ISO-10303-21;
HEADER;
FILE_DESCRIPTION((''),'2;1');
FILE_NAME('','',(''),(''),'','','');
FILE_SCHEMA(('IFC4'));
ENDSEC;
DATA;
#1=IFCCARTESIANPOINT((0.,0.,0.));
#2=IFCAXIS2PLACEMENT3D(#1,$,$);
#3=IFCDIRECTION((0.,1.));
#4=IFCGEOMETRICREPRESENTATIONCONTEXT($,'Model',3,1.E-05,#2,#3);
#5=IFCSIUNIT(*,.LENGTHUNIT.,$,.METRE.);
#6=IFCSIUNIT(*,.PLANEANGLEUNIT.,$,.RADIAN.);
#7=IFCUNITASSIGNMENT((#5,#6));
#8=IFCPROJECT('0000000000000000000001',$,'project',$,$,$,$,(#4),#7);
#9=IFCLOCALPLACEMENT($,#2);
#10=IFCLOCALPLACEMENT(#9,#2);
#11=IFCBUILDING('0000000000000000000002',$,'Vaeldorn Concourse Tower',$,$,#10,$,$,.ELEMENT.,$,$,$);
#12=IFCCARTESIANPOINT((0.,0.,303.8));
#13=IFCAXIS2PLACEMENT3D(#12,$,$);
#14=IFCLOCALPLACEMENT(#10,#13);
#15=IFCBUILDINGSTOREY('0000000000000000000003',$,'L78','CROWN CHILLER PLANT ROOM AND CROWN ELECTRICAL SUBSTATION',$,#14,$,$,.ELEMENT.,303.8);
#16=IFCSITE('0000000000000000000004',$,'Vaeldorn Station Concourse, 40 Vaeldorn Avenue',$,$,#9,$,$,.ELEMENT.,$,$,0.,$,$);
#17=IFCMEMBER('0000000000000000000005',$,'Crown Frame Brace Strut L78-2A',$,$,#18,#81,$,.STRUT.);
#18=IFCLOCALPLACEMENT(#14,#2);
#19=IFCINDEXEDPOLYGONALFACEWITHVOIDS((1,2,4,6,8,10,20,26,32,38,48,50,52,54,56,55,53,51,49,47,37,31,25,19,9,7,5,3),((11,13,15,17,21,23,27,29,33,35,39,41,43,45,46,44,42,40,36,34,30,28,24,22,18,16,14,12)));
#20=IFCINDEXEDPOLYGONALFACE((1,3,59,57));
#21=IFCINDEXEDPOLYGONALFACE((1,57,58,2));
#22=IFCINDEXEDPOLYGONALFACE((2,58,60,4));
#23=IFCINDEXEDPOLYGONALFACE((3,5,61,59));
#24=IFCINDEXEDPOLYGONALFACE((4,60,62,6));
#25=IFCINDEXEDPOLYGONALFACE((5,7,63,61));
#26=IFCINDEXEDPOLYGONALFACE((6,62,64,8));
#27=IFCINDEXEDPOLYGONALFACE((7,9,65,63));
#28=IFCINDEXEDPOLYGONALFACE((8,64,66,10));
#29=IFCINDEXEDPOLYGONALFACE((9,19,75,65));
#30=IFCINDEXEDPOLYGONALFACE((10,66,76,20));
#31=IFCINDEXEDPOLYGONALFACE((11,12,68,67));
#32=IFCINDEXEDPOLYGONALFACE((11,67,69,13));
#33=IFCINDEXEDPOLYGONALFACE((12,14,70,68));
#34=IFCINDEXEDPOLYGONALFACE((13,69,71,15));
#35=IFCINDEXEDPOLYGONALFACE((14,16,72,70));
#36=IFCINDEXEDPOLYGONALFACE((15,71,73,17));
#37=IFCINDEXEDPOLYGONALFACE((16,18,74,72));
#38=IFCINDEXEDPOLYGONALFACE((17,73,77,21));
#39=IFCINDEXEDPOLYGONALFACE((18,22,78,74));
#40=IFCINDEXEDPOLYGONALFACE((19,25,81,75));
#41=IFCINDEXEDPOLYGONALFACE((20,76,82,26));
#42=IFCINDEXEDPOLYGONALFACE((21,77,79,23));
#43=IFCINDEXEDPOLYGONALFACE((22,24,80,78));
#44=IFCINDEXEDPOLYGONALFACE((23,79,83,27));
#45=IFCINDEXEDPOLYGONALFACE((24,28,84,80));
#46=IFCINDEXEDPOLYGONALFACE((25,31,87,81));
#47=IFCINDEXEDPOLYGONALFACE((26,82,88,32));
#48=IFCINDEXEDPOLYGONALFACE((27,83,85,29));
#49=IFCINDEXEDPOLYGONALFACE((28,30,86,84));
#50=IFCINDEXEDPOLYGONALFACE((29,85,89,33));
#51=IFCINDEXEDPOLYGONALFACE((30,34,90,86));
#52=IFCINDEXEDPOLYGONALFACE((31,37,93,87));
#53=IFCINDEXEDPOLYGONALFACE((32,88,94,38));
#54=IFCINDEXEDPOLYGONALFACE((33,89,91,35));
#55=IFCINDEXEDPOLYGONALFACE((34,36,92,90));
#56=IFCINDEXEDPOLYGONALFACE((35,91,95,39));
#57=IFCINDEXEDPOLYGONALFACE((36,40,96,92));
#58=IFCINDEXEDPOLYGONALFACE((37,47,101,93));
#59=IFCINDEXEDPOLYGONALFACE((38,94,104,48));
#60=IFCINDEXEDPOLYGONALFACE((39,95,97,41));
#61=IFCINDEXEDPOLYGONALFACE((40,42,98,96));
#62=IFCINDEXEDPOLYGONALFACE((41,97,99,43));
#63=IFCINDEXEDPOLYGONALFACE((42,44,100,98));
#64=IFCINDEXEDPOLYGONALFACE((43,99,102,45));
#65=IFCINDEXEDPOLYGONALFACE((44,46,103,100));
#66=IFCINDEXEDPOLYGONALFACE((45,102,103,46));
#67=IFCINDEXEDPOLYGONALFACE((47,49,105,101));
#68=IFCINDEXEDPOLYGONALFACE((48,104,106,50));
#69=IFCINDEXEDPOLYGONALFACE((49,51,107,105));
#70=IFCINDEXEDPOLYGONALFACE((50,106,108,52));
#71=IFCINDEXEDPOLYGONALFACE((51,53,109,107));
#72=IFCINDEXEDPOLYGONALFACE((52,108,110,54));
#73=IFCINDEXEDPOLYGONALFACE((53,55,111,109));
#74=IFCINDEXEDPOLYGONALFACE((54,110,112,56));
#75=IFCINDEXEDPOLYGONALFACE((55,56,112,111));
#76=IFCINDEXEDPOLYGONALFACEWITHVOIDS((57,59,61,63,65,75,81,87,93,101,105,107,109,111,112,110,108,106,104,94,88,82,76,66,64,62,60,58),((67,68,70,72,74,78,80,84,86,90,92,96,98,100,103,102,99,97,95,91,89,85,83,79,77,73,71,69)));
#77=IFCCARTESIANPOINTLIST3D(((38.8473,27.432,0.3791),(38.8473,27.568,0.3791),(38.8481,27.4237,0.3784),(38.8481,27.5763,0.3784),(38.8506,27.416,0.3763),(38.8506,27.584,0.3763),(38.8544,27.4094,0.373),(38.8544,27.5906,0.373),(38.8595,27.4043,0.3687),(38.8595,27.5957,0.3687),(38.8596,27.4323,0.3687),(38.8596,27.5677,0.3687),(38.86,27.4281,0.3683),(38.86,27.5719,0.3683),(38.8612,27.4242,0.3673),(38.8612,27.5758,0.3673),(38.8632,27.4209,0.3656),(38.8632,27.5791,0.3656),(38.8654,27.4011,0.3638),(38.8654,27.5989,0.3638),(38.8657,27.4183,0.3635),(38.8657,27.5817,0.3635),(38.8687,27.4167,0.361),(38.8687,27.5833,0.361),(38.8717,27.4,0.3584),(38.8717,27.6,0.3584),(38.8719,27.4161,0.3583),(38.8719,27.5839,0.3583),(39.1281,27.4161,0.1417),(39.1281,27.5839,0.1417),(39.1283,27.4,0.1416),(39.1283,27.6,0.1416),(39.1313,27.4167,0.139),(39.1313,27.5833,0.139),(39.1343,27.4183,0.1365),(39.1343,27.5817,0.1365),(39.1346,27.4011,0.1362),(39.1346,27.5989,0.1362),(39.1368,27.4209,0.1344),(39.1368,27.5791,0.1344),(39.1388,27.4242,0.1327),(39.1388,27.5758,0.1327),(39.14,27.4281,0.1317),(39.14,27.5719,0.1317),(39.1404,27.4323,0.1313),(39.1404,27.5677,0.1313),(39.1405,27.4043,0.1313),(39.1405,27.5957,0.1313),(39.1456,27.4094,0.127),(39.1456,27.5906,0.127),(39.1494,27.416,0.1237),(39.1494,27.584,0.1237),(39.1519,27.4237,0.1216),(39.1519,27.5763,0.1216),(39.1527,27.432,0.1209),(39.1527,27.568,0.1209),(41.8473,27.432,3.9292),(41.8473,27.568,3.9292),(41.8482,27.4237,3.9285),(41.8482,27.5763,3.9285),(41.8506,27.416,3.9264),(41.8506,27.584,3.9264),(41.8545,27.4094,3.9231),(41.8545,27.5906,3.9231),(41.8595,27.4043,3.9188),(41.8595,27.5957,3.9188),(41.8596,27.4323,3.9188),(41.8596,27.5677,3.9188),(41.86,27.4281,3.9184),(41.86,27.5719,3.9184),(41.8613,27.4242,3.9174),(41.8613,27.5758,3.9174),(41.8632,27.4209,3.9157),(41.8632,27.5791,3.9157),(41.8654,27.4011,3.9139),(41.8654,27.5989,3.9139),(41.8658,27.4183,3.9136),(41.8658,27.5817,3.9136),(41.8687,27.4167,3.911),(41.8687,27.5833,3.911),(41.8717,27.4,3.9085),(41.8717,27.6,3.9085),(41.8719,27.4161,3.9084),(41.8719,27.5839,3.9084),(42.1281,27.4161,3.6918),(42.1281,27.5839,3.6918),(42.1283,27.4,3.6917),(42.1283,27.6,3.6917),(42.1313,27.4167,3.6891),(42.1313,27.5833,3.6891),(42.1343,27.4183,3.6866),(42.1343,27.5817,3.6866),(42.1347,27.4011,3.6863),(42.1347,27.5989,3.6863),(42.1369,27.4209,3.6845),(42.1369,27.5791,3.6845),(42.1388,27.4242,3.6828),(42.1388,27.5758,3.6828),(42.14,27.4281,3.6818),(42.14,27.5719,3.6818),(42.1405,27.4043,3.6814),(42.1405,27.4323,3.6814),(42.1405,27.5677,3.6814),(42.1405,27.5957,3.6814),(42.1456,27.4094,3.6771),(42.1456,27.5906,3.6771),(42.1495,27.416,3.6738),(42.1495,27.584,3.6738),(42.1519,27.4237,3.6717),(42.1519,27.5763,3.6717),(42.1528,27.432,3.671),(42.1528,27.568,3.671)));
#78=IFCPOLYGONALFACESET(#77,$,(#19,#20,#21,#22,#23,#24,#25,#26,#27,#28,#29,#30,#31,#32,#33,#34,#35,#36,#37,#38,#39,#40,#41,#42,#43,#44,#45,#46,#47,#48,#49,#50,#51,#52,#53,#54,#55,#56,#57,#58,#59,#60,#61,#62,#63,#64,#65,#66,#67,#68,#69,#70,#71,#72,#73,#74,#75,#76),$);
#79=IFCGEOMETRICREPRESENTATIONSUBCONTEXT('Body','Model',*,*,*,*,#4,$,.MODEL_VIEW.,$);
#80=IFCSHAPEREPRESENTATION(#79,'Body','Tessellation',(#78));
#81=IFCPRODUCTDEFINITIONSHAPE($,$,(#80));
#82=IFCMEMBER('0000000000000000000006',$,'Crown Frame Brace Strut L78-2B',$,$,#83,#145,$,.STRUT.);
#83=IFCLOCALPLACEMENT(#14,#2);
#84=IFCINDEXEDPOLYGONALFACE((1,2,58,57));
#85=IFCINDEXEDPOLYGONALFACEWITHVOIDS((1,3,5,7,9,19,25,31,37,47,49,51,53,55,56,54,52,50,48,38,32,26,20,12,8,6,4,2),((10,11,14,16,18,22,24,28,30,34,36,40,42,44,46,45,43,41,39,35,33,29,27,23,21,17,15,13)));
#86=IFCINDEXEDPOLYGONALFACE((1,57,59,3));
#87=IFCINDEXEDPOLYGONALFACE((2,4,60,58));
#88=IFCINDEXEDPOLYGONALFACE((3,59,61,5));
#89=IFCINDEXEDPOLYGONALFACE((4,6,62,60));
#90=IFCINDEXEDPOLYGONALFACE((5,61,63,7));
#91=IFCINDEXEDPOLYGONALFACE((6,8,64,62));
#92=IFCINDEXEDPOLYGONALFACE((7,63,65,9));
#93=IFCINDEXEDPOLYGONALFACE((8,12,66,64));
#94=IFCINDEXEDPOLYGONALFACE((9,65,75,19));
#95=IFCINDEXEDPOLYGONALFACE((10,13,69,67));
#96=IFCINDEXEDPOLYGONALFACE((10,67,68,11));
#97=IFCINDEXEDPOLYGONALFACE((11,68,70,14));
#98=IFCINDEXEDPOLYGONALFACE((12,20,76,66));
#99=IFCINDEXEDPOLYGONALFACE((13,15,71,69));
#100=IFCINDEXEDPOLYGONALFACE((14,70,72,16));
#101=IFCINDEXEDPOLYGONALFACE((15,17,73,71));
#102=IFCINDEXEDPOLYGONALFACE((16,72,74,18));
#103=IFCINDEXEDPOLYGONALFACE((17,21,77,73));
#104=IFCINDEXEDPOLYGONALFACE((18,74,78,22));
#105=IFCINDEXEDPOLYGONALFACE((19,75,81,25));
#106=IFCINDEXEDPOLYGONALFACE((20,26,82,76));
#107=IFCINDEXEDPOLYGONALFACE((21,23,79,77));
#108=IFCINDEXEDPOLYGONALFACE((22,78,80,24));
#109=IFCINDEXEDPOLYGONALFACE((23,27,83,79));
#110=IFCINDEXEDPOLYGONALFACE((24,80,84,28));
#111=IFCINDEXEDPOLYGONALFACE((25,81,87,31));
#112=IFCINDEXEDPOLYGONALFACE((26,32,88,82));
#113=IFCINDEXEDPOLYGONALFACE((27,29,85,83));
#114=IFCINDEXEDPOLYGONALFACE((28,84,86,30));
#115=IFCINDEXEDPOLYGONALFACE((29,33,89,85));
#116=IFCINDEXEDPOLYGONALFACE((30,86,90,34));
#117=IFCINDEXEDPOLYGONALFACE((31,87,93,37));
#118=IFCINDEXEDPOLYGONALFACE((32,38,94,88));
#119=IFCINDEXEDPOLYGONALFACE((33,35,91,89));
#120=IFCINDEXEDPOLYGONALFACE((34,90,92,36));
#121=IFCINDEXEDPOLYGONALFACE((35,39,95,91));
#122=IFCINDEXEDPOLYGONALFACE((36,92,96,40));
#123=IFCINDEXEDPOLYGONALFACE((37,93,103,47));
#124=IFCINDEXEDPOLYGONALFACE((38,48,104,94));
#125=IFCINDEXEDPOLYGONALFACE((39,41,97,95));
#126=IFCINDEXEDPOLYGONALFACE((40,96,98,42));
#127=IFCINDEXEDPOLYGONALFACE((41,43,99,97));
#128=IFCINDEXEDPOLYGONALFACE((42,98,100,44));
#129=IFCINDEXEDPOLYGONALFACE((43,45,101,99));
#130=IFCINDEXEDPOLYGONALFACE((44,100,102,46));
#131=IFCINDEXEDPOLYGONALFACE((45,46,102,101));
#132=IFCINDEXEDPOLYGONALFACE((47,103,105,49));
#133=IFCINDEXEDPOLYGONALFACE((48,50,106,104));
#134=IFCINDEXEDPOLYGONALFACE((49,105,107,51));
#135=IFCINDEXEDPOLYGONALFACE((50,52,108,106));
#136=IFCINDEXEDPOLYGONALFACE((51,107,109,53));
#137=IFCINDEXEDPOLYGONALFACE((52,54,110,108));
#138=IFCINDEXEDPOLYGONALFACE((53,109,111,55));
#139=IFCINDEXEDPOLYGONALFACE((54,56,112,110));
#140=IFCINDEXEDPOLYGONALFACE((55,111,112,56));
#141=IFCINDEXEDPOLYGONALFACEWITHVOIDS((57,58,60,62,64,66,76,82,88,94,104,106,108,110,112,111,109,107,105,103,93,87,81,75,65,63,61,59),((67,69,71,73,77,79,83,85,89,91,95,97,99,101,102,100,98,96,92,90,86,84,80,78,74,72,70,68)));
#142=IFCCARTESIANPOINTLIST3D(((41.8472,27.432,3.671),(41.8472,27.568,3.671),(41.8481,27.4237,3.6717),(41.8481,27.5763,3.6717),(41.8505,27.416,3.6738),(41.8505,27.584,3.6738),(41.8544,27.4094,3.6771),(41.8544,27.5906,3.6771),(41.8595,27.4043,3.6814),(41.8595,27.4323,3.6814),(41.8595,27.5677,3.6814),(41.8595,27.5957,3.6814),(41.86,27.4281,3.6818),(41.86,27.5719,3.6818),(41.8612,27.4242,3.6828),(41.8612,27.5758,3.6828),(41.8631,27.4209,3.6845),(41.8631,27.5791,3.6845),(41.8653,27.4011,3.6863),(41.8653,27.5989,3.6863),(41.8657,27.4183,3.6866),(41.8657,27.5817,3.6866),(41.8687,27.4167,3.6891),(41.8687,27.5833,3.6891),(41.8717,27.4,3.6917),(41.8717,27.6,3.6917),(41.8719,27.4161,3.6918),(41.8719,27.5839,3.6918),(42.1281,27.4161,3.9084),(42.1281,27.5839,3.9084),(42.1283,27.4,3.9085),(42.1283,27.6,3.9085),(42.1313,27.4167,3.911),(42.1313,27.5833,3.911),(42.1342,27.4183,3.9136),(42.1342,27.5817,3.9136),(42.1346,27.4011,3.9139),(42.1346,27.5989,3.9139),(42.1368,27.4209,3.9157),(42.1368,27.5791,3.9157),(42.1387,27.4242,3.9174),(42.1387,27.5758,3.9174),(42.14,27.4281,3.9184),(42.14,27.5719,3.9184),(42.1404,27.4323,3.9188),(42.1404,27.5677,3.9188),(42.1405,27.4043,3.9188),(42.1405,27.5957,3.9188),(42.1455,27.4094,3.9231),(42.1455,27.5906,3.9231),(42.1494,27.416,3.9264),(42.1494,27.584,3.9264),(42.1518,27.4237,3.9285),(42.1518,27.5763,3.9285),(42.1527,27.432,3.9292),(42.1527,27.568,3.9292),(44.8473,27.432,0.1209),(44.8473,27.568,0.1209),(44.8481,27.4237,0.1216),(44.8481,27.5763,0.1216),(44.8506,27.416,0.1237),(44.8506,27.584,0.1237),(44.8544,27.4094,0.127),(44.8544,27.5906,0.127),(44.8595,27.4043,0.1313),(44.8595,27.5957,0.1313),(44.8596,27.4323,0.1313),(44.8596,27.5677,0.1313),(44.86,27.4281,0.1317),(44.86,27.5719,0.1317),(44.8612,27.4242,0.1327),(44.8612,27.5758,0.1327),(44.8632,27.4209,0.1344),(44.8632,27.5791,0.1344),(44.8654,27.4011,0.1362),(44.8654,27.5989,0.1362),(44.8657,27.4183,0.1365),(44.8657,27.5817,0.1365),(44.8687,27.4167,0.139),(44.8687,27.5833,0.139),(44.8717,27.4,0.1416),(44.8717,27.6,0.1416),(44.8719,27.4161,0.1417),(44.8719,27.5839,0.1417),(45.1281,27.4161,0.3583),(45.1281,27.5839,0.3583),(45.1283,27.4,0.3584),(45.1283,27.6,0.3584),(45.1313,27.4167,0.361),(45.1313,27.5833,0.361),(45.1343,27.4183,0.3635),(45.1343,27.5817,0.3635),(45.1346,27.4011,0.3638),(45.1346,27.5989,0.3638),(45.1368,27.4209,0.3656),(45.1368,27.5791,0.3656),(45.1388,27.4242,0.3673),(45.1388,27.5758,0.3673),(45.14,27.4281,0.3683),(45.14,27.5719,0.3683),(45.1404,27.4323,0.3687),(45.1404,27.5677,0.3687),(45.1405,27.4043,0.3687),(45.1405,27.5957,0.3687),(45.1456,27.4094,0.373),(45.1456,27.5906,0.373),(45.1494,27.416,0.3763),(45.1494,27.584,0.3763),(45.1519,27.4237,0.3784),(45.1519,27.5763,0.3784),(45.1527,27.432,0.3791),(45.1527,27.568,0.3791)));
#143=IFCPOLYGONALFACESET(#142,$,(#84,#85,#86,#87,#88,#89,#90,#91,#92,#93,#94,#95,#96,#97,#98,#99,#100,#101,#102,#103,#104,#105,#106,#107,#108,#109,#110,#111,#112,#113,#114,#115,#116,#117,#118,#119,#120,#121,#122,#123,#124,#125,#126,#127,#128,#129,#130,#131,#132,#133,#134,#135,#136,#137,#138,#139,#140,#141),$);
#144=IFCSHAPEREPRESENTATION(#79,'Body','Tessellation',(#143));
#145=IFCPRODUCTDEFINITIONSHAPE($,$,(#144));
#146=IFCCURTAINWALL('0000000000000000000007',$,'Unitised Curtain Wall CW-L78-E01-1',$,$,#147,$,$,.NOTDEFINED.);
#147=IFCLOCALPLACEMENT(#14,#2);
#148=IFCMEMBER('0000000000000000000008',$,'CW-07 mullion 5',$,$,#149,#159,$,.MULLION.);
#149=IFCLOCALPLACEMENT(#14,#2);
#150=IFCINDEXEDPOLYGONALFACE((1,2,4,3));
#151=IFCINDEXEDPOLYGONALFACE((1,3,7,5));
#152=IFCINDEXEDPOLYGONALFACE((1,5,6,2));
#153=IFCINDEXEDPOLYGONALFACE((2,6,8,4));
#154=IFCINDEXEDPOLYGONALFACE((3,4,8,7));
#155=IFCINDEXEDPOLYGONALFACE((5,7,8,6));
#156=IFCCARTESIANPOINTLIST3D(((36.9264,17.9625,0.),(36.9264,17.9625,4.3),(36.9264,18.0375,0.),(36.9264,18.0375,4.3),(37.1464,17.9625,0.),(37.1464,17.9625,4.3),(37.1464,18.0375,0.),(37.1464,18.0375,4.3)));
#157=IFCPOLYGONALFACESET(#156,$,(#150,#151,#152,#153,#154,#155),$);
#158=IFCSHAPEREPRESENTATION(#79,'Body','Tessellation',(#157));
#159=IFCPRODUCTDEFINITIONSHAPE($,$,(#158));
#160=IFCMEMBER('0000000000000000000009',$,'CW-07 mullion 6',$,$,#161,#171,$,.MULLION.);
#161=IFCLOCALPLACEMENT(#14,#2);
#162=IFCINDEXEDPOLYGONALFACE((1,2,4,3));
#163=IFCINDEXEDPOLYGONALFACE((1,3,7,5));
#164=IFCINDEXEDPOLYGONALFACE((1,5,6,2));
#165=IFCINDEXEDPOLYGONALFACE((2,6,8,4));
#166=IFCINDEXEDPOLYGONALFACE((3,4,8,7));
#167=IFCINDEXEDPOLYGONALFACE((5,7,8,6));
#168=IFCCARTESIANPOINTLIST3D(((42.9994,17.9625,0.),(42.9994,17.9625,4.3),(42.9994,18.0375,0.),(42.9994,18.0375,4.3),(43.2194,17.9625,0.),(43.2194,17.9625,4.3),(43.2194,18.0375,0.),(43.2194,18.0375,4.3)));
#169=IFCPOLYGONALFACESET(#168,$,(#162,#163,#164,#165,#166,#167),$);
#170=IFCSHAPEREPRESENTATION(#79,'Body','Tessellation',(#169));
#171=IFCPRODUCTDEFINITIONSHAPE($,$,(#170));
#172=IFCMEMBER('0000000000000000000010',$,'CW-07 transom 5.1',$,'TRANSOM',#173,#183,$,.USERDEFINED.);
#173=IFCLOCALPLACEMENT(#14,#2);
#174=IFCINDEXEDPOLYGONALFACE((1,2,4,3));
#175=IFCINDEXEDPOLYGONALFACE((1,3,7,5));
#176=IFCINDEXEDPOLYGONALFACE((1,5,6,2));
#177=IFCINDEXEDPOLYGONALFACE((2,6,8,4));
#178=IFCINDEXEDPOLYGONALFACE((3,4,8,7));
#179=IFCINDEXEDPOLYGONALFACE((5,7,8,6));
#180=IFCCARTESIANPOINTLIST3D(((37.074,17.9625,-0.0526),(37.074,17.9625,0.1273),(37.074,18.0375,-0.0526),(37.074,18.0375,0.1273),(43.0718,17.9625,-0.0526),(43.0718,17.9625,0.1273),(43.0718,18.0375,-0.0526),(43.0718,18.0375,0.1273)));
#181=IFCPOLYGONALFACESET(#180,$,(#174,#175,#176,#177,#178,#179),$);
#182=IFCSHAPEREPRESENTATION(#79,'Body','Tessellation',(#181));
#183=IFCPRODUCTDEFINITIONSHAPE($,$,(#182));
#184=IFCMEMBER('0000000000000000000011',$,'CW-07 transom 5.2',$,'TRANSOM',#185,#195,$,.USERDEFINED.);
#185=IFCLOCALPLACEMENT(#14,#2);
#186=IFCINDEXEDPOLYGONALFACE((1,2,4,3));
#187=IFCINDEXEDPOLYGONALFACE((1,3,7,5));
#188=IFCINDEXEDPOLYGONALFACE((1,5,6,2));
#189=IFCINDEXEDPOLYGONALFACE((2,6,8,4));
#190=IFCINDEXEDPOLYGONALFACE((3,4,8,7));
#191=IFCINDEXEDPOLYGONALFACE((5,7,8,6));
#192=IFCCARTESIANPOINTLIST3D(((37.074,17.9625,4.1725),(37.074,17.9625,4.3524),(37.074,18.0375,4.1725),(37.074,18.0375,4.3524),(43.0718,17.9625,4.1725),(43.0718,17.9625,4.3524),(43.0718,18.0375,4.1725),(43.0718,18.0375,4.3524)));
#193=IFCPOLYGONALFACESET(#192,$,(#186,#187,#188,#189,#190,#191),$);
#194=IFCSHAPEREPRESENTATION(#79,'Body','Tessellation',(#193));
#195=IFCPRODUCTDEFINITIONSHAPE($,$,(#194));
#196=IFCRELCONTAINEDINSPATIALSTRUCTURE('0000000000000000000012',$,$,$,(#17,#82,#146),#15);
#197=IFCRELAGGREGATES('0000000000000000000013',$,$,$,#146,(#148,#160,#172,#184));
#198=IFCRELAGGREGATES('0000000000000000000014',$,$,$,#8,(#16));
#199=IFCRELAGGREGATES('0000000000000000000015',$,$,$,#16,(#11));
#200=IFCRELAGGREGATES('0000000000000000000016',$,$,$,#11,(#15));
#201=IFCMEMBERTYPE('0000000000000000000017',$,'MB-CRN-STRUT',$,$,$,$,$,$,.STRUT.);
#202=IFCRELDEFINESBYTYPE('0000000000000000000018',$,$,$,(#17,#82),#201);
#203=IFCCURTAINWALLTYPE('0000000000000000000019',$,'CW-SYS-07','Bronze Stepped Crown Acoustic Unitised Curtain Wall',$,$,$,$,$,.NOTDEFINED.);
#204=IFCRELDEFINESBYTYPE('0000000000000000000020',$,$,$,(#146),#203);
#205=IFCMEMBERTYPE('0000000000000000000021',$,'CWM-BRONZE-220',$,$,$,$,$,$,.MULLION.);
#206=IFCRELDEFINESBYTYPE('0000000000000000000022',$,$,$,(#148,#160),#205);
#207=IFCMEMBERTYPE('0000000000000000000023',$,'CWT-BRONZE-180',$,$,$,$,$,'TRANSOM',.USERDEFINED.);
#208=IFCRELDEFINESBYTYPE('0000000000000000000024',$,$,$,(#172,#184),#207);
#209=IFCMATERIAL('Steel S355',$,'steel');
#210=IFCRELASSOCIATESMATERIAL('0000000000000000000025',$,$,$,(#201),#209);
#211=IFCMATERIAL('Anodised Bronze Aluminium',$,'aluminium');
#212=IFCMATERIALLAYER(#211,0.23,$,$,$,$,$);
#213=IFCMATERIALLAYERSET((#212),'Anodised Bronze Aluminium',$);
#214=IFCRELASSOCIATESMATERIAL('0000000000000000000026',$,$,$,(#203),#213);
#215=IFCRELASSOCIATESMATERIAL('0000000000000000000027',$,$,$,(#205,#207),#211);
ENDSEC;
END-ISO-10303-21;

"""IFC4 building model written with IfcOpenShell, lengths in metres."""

from ifc_helpers import new_model, si_unit, direction, frame, origin, origin_2d, place, context, subcontext, project, spatial, rectangle, hollow_rectangle, extrude, source, transform, mapped, material, layer, layer_set, material_profile, profile_set, type_object, element, aggregate, save


model = new_model("IFC4")

# Units and contexts
model_context = context("Model", 3, precision=1e-05, world=origin(), true_north=direction((0.0, 1.0)))
body_context = subcontext(model_context, "Body", "Model", "MODEL_VIEW")
ifc_project = project(units=[si_unit("LENGTHUNIT", "METRE"), si_unit("PLANEANGLEUNIT", "RADIAN")], contexts=[model_context])

# Site, building, storey
site_placement = place(None, origin())
site = spatial("IfcSite", under=ifc_project, at=site_placement, Name="Vaeldorn Station Concourse, 40 Vaeldorn Avenue", CompositionType="ELEMENT", RefElevation=0.0)
building_placement = place(site_placement, origin())
building = spatial("IfcBuilding", under=site, at=building_placement, Name="Vaeldorn Concourse Tower", CompositionType="ELEMENT")
storey_placement = place(building_placement, frame((0.0, 0.0, 303.8)))
storey = spatial("IfcBuildingStorey", under=building, at=storey_placement, Name="L78", Description="CROWN CHILLER PLANT ROOM AND CROWN ELECTRICAL SUBSTATION", CompositionType="ELEMENT", Elevation=303.8)

# Shared definitions
ifc_material_1 = material(Name="Steel S355", Category="steel")

# Members
ifc_material_profile_1 = material_profile(ifc_material_1, hollow_rectangle(XDim=0.2, YDim=0.3999, WallThickness=0.0161, InnerFilletRadius=0.0161, OuterFilletRadius=0.032, at=origin_2d()), Name="RHS 400x200x16")
ifc_profile_set_1 = profile_set([ifc_material_profile_1], Name="Steel S355")
member_type_1 = type_object("IfcMemberType", Name="MB-CRN-STRUT", PredefinedType="STRUT", material=ifc_profile_set_1)
shared_shape_1 = source(origin(), body_context, "Body", "SweptSolid", [
    extrude(hollow_rectangle(XDim=0.2, YDim=0.3999, WallThickness=0.0161, InnerFilletRadius=0.0161, OuterFilletRadius=0.032, at=origin_2d()), origin(), (0.0, 0.0, 1.0), 4.6479),
])
for number, where, z_axis, x_axis, name in (
    (1, (39.0, 27.5, 0.25), (0.645455, 0.0, 0.763799), (0.0, 1.0, 0.0), "Crown Frame Brace Strut L78-2A"),
    (2, (45.0, 27.5, 0.25), (-0.645455, 0.0, 0.763799), (0.0, -1.0, 0.0), "Crown Frame Brace Strut L78-2B"),
):
    element("IfcMember", number, at=place(storey_placement, frame(where, z_axis=z_axis, x_axis=x_axis)), inside=storey, type_object=member_type_1, Name=name, PredefinedType="STRUT", context=body_context, shape_type="MappedRepresentation", body=[
        mapped(shared_shape_1, transform((0.0, 0.0, 0.0), scale=1.0)),
    ])

# Curtain wall, members
ifc_material_2 = material(Name="Anodised Bronze Aluminium", Category="aluminium")
ifc_layer_1 = layer(ifc_material_2, 0.23)
ifc_layer_set_1 = layer_set([ifc_layer_1], Name="Anodised Bronze Aluminium")
curtain_wall_type = type_object("IfcCurtainWallType", Name="CW-SYS-07", Description="Bronze Stepped Crown Acoustic Unitised Curtain Wall", PredefinedType="NOTDEFINED", material=ifc_layer_set_1)
curtain_wall_placement = place(storey_placement, origin())
curtain_wall = element("IfcCurtainWall", 3, at=curtain_wall_placement, inside=storey, type_object=curtain_wall_type, Name="Unitised Curtain Wall CW-L78-E01-1", PredefinedType="NOTDEFINED")
ifc_material_profile_2 = material_profile(ifc_material_2, rectangle(XDim=0.075, YDim=0.22, at=origin_2d()), Name="CWM 75x220")
ifc_profile_set_2 = profile_set([ifc_material_profile_2], Name="Anodised Bronze Aluminium")
member_type_2 = type_object("IfcMemberType", Name="CWM-BRONZE-220", PredefinedType="MULLION", material=ifc_profile_set_2)
shared_shape_2 = source(origin(), body_context, "Body", "SweptSolid", [
    extrude(rectangle(XDim=0.075, YDim=0.22, at=origin_2d()), origin(), (0.0, 0.0, 1.0), 4.3),
])
member_1_placement = place(storey_placement, frame((37.0364, 18.0, 0.0), z_axis=(0.0, 0.0, 1.0), x_axis=(0.0, 1.0, 0.0)))
member_1 = element("IfcMember", 4, at=member_1_placement, type_object=member_type_2, Name="CW-07 mullion 5", PredefinedType="MULLION", context=body_context, shape_type="MappedRepresentation", body=[
    mapped(shared_shape_2, transform((0.0, 0.0, 0.0), scale=1.0)),
])
member_2_placement = place(storey_placement, frame((43.1094, 18.0, 0.0), z_axis=(0.0, 0.0, 1.0), x_axis=(0.0, 1.0, 0.0)))
member_2 = element("IfcMember", 5, at=member_2_placement, type_object=member_type_2, Name="CW-07 mullion 6", PredefinedType="MULLION", context=body_context, shape_type="MappedRepresentation", body=[
    mapped(shared_shape_2, transform((0.0, 0.0, 0.0), scale=1.0)),
])
ifc_material_profile_3 = material_profile(ifc_material_2, rectangle(XDim=0.075, YDim=0.1799, at=origin_2d()), Name="CWT 75x180")
ifc_profile_set_3 = profile_set([ifc_material_profile_3], Name="Anodised Bronze Aluminium")
member_type_3 = type_object("IfcMemberType", Name="CWT-BRONZE-180", ElementType="TRANSOM", PredefinedType="USERDEFINED", material=ifc_profile_set_3)
shared_shape_3 = source(origin(), body_context, "Body", "SweptSolid", [
    extrude(rectangle(XDim=0.075, YDim=0.1799, at=origin_2d()), origin(), (0.0, 0.0, 1.0), 5.9978),
])
member_3_placement = place(storey_placement, frame((37.074, 18.0, 0.0374), z_axis=(1.0, 0.0, 0.0), x_axis=(0.0, 1.0, 0.0)))
member_3 = element("IfcMember", 6, at=member_3_placement, type_object=member_type_3, Name="CW-07 transom 5.1", ObjectType="TRANSOM", PredefinedType="USERDEFINED", context=body_context, shape_type="MappedRepresentation", body=[
    mapped(shared_shape_3, transform((0.0, 0.0, 0.0), scale=1.0)),
])
member_4_placement = place(storey_placement, frame((37.074, 18.0, 4.2625), z_axis=(1.0, 0.0, 0.0), x_axis=(0.0, 1.0, 0.0)))
member_4 = element("IfcMember", 7, at=member_4_placement, type_object=member_type_3, Name="CW-07 transom 5.2", ObjectType="TRANSOM", PredefinedType="USERDEFINED", context=body_context, shape_type="MappedRepresentation", body=[
    mapped(shared_shape_3, transform((0.0, 0.0, 0.0), scale=1.0)),
])

aggregate(curtain_wall, [member_1, member_2, member_3, member_4])

save(model, "model.ifc")
